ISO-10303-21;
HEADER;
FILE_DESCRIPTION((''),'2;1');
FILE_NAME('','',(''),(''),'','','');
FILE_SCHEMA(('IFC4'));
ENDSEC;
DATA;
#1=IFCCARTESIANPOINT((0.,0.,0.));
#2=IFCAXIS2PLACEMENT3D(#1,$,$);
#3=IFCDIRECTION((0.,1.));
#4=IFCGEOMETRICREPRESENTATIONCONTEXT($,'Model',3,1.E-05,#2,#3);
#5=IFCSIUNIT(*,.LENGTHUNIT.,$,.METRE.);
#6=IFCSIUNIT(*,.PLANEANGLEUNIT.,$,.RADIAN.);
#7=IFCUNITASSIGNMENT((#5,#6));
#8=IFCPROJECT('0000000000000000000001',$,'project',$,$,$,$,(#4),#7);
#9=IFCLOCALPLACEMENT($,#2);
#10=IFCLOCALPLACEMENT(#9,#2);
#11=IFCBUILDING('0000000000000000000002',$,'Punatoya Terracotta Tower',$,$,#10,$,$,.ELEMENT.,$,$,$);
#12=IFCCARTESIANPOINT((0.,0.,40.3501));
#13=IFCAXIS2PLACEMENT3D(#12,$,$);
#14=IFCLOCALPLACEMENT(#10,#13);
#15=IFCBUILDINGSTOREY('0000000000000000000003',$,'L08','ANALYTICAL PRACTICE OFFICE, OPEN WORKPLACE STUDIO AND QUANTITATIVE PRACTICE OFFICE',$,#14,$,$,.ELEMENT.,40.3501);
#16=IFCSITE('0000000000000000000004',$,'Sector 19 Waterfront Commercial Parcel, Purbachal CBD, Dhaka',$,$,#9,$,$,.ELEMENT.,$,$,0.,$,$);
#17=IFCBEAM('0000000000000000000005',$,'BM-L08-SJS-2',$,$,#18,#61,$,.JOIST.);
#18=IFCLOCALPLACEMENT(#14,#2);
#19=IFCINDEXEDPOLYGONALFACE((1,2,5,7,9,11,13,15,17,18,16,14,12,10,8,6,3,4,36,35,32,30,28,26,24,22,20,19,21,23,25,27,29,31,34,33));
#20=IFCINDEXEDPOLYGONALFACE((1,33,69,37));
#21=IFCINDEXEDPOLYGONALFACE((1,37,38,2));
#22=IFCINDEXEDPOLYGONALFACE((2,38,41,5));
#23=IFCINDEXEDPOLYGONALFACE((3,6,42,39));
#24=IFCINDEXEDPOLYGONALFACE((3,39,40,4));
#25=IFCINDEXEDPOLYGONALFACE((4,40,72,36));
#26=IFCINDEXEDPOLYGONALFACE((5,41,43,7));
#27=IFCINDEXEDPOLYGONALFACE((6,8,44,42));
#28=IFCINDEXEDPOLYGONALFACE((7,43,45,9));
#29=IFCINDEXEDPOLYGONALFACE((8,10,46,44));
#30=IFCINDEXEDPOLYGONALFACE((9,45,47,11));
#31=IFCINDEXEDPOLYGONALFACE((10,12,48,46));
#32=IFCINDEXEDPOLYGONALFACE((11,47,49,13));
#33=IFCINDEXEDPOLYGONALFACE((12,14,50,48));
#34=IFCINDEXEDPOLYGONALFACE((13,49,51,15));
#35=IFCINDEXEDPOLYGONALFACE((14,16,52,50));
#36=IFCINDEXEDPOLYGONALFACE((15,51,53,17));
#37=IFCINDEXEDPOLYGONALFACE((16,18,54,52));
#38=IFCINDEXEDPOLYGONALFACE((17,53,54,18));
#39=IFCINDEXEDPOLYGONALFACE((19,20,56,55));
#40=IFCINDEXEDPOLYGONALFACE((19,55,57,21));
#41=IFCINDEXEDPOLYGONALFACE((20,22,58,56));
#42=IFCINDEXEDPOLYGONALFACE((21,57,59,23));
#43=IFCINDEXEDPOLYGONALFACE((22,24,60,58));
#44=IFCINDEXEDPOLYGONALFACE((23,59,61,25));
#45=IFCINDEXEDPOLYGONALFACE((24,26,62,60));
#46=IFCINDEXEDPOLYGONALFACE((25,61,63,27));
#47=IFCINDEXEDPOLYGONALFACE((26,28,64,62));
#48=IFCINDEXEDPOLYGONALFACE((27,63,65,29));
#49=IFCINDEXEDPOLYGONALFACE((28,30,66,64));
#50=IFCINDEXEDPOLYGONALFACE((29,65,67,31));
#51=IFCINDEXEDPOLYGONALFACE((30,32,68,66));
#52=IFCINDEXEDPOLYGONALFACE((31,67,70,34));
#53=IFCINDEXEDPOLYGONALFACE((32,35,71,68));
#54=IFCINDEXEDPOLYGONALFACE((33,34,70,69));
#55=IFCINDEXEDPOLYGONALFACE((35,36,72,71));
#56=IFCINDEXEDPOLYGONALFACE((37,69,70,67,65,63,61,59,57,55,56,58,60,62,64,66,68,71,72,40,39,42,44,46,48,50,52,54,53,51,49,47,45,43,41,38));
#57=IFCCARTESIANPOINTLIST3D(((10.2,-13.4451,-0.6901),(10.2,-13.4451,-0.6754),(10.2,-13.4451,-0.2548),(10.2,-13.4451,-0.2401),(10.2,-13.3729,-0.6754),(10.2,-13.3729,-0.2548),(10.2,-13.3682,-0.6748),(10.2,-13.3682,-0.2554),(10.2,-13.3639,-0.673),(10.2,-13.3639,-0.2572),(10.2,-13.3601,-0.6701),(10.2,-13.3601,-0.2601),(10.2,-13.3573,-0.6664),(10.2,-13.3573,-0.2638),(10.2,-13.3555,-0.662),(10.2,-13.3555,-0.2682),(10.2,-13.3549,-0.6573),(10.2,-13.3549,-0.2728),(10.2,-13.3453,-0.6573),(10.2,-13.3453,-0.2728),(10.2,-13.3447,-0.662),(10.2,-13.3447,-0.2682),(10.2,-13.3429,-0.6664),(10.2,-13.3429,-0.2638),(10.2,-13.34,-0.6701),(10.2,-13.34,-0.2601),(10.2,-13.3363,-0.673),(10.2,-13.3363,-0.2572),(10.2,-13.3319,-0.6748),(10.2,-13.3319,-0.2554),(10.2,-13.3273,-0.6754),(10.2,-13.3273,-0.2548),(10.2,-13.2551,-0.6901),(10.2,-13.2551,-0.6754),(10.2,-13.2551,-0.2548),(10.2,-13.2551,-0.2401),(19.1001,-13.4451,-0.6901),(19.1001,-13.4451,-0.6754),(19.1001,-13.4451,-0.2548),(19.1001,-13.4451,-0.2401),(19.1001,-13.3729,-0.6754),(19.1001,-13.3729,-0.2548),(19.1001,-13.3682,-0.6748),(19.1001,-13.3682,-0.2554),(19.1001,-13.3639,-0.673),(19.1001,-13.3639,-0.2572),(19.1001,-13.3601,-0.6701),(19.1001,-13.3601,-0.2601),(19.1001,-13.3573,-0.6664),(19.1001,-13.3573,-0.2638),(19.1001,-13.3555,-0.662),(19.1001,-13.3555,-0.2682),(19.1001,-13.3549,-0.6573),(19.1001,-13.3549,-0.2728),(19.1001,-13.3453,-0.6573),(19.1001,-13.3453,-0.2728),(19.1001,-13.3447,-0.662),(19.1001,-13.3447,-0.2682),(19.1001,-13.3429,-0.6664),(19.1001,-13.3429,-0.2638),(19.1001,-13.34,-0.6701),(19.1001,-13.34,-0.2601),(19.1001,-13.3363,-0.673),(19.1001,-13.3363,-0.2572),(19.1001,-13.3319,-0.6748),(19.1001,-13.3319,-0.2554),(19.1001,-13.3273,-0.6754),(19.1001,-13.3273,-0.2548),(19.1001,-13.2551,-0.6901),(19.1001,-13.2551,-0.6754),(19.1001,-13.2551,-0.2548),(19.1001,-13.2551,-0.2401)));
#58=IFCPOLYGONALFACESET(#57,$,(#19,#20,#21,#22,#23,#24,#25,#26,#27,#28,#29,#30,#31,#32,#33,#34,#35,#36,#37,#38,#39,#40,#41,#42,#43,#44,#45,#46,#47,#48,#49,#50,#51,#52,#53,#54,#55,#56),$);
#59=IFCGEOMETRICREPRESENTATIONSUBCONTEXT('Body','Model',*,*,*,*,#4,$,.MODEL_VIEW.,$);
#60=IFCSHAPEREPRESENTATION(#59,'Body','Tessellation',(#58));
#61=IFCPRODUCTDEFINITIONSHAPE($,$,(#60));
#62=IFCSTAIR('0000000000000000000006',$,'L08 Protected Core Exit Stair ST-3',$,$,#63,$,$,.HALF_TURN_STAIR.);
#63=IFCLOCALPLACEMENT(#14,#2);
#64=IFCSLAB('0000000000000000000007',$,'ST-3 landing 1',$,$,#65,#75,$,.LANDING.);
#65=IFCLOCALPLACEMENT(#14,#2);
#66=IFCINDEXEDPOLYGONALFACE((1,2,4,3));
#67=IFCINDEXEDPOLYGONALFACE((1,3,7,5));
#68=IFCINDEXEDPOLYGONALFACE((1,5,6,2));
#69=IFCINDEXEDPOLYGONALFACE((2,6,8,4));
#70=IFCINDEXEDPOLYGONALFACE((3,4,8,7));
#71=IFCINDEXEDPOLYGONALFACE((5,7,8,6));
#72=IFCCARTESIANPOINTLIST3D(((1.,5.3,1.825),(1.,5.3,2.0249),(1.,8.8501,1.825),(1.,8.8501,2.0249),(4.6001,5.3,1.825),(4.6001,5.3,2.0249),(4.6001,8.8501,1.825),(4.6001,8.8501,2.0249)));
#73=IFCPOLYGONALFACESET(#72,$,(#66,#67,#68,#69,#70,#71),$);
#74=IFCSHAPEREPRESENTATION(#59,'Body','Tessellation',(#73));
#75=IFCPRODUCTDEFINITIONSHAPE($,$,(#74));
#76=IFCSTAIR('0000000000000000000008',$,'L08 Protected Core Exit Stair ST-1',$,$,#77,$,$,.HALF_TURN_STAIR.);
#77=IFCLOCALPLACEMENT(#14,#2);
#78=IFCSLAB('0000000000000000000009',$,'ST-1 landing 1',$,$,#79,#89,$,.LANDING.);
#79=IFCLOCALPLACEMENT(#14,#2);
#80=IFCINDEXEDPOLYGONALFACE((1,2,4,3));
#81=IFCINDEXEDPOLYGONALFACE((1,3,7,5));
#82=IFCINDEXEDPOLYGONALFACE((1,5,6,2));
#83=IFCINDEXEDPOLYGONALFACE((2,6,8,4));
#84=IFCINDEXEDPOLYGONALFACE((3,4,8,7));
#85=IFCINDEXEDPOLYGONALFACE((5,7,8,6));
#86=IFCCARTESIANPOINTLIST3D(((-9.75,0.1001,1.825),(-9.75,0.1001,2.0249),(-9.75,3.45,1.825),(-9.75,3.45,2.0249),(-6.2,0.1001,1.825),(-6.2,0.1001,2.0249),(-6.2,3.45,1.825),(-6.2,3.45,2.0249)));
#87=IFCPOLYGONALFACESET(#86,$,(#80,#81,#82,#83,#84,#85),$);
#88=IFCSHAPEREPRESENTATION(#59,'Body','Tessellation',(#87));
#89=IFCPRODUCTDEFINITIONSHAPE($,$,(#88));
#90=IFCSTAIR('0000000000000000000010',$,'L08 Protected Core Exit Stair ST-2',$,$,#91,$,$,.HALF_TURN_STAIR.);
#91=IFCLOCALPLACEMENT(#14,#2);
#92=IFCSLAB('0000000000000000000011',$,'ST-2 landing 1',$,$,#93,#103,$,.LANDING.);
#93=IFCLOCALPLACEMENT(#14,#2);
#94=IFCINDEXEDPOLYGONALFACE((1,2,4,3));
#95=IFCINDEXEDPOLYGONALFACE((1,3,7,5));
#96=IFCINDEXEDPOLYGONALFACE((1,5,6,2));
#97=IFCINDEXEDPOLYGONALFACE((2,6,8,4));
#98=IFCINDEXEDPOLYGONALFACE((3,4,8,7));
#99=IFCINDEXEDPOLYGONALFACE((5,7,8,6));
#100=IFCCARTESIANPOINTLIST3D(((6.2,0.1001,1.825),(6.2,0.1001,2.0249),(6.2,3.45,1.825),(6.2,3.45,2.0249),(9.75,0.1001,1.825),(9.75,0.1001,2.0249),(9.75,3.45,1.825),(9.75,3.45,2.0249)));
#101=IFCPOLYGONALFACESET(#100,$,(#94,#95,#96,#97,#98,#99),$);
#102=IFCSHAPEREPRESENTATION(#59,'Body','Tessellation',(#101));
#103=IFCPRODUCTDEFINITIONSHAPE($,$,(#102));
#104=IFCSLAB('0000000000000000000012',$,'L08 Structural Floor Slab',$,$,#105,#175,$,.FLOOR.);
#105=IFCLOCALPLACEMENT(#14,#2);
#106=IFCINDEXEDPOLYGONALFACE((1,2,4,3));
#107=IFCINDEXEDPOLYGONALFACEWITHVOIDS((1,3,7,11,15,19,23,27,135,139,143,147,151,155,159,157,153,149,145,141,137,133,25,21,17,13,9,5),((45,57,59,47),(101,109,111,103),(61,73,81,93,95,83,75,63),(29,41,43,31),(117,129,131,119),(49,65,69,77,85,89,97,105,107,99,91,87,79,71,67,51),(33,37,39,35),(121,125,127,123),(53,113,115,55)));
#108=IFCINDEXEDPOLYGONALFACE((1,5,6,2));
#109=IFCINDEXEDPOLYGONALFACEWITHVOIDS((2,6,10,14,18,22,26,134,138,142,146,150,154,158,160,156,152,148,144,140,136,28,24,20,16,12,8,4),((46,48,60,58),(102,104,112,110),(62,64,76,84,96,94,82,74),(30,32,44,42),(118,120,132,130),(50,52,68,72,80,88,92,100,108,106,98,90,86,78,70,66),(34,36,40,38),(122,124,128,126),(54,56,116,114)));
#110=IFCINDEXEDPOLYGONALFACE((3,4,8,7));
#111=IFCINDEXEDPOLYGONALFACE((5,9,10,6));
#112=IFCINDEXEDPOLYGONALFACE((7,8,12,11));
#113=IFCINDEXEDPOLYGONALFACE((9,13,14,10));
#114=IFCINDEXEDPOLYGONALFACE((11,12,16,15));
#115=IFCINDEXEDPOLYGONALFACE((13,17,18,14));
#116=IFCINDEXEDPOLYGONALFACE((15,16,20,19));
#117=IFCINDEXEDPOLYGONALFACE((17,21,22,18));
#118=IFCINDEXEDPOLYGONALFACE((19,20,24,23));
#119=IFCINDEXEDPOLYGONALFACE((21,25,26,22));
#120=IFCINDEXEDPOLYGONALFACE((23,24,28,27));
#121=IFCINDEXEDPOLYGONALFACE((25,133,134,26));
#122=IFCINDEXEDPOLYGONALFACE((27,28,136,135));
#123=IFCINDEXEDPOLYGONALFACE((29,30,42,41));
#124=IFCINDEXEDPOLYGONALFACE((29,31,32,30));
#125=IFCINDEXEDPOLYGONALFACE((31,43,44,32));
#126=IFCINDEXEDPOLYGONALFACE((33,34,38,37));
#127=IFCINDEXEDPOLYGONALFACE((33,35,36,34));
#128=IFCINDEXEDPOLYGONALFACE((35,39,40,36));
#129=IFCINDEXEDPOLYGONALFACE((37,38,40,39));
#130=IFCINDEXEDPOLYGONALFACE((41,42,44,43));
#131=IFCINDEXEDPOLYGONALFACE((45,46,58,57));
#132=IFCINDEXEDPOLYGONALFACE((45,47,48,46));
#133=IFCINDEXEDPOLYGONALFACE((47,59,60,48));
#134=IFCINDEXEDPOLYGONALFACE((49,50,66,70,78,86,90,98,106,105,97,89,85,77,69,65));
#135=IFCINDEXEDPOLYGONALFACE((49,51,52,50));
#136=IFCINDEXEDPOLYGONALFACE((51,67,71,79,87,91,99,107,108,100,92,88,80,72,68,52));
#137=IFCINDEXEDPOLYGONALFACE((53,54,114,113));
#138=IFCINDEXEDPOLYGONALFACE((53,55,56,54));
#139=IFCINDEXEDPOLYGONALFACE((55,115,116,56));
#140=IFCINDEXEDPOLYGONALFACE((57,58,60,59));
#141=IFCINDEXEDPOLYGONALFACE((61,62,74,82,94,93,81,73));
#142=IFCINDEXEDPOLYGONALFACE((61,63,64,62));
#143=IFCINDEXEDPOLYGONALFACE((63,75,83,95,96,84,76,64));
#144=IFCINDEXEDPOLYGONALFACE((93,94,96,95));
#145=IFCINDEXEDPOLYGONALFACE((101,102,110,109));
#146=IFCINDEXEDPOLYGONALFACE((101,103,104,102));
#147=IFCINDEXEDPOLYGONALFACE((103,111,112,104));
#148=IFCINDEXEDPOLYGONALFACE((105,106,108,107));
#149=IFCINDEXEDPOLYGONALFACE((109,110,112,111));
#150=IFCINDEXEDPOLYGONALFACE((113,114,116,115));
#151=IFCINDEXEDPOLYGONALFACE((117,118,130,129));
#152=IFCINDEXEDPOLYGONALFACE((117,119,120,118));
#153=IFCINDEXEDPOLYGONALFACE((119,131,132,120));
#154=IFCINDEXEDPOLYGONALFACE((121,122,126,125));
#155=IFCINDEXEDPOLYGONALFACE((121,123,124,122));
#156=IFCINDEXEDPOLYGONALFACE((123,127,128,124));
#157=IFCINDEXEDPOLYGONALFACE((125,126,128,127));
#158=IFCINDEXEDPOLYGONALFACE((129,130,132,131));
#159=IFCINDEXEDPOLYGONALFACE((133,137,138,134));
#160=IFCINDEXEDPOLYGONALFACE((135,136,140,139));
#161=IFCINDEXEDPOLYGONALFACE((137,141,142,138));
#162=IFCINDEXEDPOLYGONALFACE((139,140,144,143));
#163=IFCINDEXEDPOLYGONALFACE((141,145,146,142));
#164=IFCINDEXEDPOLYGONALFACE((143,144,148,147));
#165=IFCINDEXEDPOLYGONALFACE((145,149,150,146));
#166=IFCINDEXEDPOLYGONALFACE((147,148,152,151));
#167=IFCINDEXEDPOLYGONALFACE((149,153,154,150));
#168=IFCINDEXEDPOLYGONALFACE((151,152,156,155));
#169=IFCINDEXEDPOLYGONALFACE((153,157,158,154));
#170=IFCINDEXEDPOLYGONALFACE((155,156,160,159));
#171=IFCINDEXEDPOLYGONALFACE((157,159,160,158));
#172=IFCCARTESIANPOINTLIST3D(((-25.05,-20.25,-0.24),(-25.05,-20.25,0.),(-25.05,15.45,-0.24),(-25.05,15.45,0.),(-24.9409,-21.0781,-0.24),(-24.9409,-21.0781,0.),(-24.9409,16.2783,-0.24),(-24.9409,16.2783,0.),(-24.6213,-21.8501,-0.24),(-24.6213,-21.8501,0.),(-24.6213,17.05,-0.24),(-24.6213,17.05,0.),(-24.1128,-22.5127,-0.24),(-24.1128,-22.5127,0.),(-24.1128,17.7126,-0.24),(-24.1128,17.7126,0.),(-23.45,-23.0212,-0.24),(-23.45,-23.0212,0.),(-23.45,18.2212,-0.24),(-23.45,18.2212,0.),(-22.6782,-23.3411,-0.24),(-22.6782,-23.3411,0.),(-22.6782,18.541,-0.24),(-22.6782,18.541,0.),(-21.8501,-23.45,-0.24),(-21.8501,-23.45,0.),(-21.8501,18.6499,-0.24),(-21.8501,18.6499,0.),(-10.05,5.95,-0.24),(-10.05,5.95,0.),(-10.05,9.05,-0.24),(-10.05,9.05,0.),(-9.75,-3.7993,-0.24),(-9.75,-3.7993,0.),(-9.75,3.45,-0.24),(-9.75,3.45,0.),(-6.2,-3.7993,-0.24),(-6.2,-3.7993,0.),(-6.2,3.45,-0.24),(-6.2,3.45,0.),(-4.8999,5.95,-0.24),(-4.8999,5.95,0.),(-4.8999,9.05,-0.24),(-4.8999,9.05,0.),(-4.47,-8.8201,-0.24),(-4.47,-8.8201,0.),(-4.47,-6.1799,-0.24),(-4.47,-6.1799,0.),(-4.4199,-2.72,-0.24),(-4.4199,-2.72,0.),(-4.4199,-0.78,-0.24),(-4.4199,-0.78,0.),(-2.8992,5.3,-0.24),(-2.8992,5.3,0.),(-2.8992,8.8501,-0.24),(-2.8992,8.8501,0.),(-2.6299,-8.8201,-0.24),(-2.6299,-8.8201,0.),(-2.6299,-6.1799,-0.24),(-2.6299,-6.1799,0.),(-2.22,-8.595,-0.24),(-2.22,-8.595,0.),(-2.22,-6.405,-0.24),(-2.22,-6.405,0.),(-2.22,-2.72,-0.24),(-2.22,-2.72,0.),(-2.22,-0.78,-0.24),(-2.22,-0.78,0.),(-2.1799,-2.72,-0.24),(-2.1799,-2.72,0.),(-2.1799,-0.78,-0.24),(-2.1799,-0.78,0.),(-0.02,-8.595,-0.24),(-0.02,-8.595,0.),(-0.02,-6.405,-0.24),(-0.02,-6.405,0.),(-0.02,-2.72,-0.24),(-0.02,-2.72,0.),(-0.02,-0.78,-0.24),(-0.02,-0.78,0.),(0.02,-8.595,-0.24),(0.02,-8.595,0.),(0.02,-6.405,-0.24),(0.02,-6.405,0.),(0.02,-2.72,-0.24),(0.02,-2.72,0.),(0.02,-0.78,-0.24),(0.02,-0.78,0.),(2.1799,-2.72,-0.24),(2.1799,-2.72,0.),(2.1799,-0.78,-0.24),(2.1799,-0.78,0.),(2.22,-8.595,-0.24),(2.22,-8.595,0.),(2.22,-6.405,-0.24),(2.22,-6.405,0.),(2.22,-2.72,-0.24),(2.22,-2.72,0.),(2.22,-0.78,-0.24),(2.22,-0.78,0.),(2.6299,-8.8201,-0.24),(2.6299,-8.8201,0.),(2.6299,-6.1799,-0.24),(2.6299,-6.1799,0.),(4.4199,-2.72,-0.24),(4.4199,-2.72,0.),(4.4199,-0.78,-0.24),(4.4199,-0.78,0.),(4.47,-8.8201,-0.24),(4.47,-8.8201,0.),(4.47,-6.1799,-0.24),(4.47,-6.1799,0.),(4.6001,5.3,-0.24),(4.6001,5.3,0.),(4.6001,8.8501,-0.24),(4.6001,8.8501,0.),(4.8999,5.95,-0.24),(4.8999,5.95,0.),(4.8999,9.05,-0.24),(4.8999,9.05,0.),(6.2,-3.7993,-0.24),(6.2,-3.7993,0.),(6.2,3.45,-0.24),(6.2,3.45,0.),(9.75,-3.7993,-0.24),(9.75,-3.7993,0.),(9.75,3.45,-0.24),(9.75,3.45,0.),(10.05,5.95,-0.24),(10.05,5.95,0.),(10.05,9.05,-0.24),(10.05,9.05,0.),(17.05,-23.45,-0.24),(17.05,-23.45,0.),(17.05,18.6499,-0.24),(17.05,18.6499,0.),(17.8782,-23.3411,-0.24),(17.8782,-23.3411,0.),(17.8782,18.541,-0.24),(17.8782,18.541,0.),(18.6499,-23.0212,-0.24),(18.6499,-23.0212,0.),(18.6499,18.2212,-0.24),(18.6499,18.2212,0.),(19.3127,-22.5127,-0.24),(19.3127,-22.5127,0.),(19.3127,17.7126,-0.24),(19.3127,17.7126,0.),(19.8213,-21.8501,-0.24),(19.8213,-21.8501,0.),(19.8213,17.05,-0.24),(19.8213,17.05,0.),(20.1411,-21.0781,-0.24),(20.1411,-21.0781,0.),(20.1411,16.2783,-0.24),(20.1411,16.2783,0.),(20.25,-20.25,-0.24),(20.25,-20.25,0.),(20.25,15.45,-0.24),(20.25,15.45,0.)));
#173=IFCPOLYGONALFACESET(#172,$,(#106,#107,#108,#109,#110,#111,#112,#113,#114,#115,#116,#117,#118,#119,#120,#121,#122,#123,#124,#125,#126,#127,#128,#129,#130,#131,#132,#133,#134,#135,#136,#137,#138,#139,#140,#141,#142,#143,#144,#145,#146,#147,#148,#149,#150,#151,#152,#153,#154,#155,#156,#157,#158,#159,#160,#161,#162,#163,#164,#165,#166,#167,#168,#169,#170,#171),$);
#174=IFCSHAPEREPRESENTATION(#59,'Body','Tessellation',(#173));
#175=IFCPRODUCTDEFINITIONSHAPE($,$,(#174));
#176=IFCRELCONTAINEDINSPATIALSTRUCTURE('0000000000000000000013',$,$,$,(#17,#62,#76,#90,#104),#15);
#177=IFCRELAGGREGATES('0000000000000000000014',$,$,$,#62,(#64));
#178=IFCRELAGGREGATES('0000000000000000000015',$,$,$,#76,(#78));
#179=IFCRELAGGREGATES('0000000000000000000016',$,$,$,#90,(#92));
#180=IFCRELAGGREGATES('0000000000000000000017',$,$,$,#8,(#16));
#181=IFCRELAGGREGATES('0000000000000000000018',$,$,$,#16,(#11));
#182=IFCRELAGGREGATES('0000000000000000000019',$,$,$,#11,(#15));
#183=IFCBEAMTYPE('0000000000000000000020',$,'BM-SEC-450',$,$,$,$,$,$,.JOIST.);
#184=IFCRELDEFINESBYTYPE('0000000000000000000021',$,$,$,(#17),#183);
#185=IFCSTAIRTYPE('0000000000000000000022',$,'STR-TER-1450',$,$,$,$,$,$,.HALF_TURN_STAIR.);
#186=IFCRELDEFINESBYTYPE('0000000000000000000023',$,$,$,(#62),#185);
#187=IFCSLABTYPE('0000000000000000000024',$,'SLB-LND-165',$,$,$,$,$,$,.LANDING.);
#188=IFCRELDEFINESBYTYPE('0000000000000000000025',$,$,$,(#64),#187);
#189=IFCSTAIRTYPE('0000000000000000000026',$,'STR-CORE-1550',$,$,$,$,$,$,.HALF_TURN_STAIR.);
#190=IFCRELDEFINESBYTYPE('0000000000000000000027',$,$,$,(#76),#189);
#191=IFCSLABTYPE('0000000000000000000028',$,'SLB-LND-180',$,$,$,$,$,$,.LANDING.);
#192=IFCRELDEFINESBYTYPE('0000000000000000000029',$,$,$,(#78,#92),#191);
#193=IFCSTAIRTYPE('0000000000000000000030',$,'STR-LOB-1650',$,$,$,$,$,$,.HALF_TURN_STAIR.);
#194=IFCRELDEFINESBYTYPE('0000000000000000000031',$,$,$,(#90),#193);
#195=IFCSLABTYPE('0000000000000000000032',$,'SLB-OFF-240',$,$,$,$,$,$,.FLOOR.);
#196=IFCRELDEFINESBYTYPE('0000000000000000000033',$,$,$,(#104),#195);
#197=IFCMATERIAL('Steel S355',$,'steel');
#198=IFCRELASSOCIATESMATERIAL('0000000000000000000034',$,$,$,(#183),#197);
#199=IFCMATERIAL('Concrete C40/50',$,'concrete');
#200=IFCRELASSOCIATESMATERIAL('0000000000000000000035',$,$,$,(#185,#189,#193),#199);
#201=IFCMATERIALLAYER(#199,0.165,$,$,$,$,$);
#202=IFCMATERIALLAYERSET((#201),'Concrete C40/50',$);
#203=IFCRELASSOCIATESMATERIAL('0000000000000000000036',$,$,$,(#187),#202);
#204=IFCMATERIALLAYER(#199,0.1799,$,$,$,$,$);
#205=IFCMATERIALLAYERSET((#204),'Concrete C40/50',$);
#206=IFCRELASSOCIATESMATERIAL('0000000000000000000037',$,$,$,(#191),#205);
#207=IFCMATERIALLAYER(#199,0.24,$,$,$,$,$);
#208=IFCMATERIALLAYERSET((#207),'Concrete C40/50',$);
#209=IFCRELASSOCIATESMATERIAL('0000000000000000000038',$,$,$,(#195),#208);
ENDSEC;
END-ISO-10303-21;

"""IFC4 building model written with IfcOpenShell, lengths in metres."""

from ifc_helpers import new_model, si_unit, direction, frame, origin, origin_2d, place, context, subcontext, project, spatial, polyline, i_section, outline, extrude, material, layer, layer_set, material_profile, profile_set, type_object, element, aggregate, save


model = new_model("IFC4")

# Units and contexts
model_context = context("Model", 3, precision=1e-05, world=origin(), true_north=direction((0.0, 1.0)))
body_context = subcontext(model_context, "Body", "Model", "MODEL_VIEW")
ifc_project = project(units=[si_unit("LENGTHUNIT", "METRE"), si_unit("PLANEANGLEUNIT", "RADIAN")], contexts=[model_context])

# Site, building, storey
site_placement = place(None, origin())
site = spatial("IfcSite", under=ifc_project, at=site_placement, Name="Sector 19 Waterfront Commercial Parcel, Purbachal CBD, Dhaka", CompositionType="ELEMENT", RefElevation=0.0)
building_placement = place(site_placement, origin())
building = spatial("IfcBuilding", under=site, at=building_placement, Name="Punatoya Terracotta Tower", CompositionType="ELEMENT")
storey_placement = place(building_placement, frame((0.0, 0.0, 40.3501)))
storey = spatial("IfcBuildingStorey", under=building, at=storey_placement, Name="L08", Description="ANALYTICAL PRACTICE OFFICE, OPEN WORKPLACE STUDIO AND QUANTITATIVE PRACTICE OFFICE", CompositionType="ELEMENT", Elevation=40.3501)

# Beam
ifc_material_1 = material(Name="Steel S355", Category="steel")
ifc_material_profile_1 = material_profile(ifc_material_1, i_section(OverallWidth=0.1899, OverallDepth=0.45, WebThickness=0.0095, FlangeThickness=0.0146, FilletRadius=0.0181, at=origin_2d()))
ifc_profile_set_1 = profile_set([ifc_material_profile_1], Name="Steel S355")
beam_type_1 = type_object("IfcBeamType", Name="BM-SEC-450", PredefinedType="JOIST", material=ifc_profile_set_1)
beam_placement = place(storey_placement, frame((10.2, -13.3501, -0.4651), z_axis=(1.0, 0.0, 0.0), x_axis=(0.0, 1.0, 0.0)))
element("IfcBeam", 1, at=beam_placement, inside=storey, type_object=beam_type_1, Name="BM-L08-SJS-2", PredefinedType="JOIST", context=body_context, shape_type="SweptSolid", body=[
    extrude(i_section(OverallWidth=0.1899, OverallDepth=0.45, WebThickness=0.0095, FlangeThickness=0.0146, FilletRadius=0.0181, at=origin_2d()), origin(), (0.0, 0.0, 1.0), 8.9001),
])

# Stairs, slabs
ifc_material_2 = material(Name="Concrete C40/50", Category="concrete")
stair_type_1 = type_object("IfcStairType", Name="STR-TER-1450", PredefinedType="HALF_TURN_STAIR", material=ifc_material_2)
stair_1_placement = place(storey_placement, origin())
stair_1 = element("IfcStair", 2, at=stair_1_placement, inside=storey, type_object=stair_type_1, Name="L08 Protected Core Exit Stair ST-3", PredefinedType="HALF_TURN_STAIR")
ifc_layer_1 = layer(ifc_material_2, 0.165)
ifc_layer_set_1 = layer_set([ifc_layer_1], Name="Concrete C40/50")
slab_type_1 = type_object("IfcSlabType", Name="SLB-LND-165", PredefinedType="LANDING", material=ifc_layer_set_1)
slab_1_placement = place(storey_placement, frame((0.0, 0.0, 1.825)))
slab_1 = element("IfcSlab", 3, at=slab_1_placement, type_object=slab_type_1, Name="ST-3 landing 1", PredefinedType="LANDING", context=body_context, shape_type="SweptSolid", body=[
    extrude(outline(polyline([(1.0, 5.3), (4.6001, 5.3), (4.6001, 8.8501), (1.0, 8.8501), (1.0, 5.3)])), origin(), (0.0, 0.0, 1.0), 0.2),
])
aggregate(stair_1, [slab_1])
stair_type_2 = type_object("IfcStairType", Name="STR-CORE-1550", PredefinedType="HALF_TURN_STAIR", material=ifc_material_2)
stair_2_placement = place(storey_placement, origin())
stair_2 = element("IfcStair", 4, at=stair_2_placement, inside=storey, type_object=stair_type_2, Name="L08 Protected Core Exit Stair ST-1", PredefinedType="HALF_TURN_STAIR")
ifc_layer_2 = layer(ifc_material_2, 0.1799)
ifc_layer_set_2 = layer_set([ifc_layer_2], Name="Concrete C40/50")
slab_type_2 = type_object("IfcSlabType", Name="SLB-LND-180", PredefinedType="LANDING", material=ifc_layer_set_2)
slab_2_placement = place(storey_placement, frame((0.0, 0.0, 1.825)))
slab_2 = element("IfcSlab", 5, at=slab_2_placement, type_object=slab_type_2, Name="ST-1 landing 1", PredefinedType="LANDING", context=body_context, shape_type="SweptSolid", body=[
    extrude(outline(polyline([(-6.2, 0.1001), (-6.2, 3.45), (-9.75, 3.45), (-9.75, 0.1001), (-6.2, 0.1001)])), origin(), (0.0, 0.0, 1.0), 0.2),
])
aggregate(stair_2, [slab_2])
stair_type_3 = type_object("IfcStairType", Name="STR-LOB-1650", PredefinedType="HALF_TURN_STAIR", material=ifc_material_2)
stair_3_placement = place(storey_placement, origin())
stair_3 = element("IfcStair", 6, at=stair_3_placement, inside=storey, type_object=stair_type_3, Name="L08 Protected Core Exit Stair ST-2", PredefinedType="HALF_TURN_STAIR")
slab_3_placement = place(storey_placement, frame((0.0, 0.0, 1.825)))
slab_3 = element("IfcSlab", 7, at=slab_3_placement, type_object=slab_type_2, Name="ST-2 landing 1", PredefinedType="LANDING", context=body_context, shape_type="SweptSolid", body=[
    extrude(outline(polyline([(9.75, 0.1001), (9.75, 3.45), (6.2, 3.45), (6.2, 0.1001), (9.75, 0.1001)])), origin(), (0.0, 0.0, 1.0), 0.2),
])

# Slab
ifc_layer_3 = layer(ifc_material_2, 0.24)
ifc_layer_set_3 = layer_set([ifc_layer_3], Name="Concrete C40/50")
slab_type_3 = type_object("IfcSlabType", Name="SLB-OFF-240", PredefinedType="FLOOR", material=ifc_layer_set_3)
slab_4_placement = place(storey_placement, frame((0.0, 0.0, -0.24)))
element("IfcSlab", 8, at=slab_4_placement, inside=storey, type_object=slab_type_3, Name="L08 Structural Floor Slab", PredefinedType="FLOOR", context=body_context, shape_type="SweptSolid", body=[
    extrude(outline(polyline([(-21.8501, -23.45), (-22.6782, -23.3411), (-23.45, -23.0212), (-24.1128, -22.5127), (-24.6213, -21.8501), (-24.9409, -21.0781), (-25.05, -20.25), (-25.05, 15.45), (-24.9409, 16.2783), (-24.6213, 17.05), (-24.1128, 17.7126), (-23.45, 18.2212), (-22.6782, 18.541), (-21.8501, 18.6499), (17.05, 18.6499), (17.8782, 18.541), (18.6499, 18.2212), (19.3127, 17.7126), (19.8213, 17.05), (20.1411, 16.2783), (20.25, 15.45), (20.25, -20.25), (20.1411, -21.0781), (19.8213, -21.8501), (19.3127, -22.5127), (18.6499, -23.0212), (17.8782, -23.3411), (17.05, -23.45), (-21.8501, -23.45)]), holes=[polyline([(-2.6299, -6.1799), (-4.47, -6.1799), (-4.47, -8.8201), (-2.6299, -8.8201), (-2.6299, -6.1799)]), polyline([(0.02, -8.595), (2.22, -8.595), (2.22, -6.405), (0.02, -6.405), (-0.02, -6.405), (-2.22, -6.405), (-2.22, -8.595), (-0.02, -8.595), (0.02, -8.595)]), polyline([(-2.22, -2.72), (-2.1799, -2.72), (-0.02, -2.72), (0.02, -2.72), (2.1799, -2.72), (2.22, -2.72), (4.4199, -2.72), (4.4199, -0.78), (2.22, -0.78), (2.1799, -0.78), (0.02, -0.78), (-0.02, -0.78), (-2.1799, -0.78), (-2.22, -0.78), (-4.4199, -0.78), (-4.4199, -2.72), (-2.22, -2.72)]), polyline([(-6.2, 3.45), (-9.75, 3.45), (-9.75, -3.7993), (-6.2, -3.7993), (-6.2, 3.45)]), polyline([(4.6001, 5.3), (4.6001, 8.8501), (-2.8992, 8.8501), (-2.8992, 5.3), (4.6001, 5.3)]), polyline([(-4.8999, 9.05), (-10.05, 9.05), (-10.05, 5.95), (-4.8999, 5.95), (-4.8999, 9.05)]), polyline([(4.47, -8.8201), (4.47, -6.1799), (2.6299, -6.1799), (2.6299, -8.8201), (4.47, -8.8201)]), polyline([(9.75, 3.45), (6.2, 3.45), (6.2, -3.7993), (9.75, -3.7993), (9.75, 3.45)]), polyline([(10.05, 5.95), (10.05, 9.05), (4.8999, 9.05), (4.8999, 5.95), (10.05, 5.95)])]), origin(), (0.0, 0.0, 1.0), 0.24),
])

aggregate(stair_3, [slab_3])

save(model, "model.ifc")
